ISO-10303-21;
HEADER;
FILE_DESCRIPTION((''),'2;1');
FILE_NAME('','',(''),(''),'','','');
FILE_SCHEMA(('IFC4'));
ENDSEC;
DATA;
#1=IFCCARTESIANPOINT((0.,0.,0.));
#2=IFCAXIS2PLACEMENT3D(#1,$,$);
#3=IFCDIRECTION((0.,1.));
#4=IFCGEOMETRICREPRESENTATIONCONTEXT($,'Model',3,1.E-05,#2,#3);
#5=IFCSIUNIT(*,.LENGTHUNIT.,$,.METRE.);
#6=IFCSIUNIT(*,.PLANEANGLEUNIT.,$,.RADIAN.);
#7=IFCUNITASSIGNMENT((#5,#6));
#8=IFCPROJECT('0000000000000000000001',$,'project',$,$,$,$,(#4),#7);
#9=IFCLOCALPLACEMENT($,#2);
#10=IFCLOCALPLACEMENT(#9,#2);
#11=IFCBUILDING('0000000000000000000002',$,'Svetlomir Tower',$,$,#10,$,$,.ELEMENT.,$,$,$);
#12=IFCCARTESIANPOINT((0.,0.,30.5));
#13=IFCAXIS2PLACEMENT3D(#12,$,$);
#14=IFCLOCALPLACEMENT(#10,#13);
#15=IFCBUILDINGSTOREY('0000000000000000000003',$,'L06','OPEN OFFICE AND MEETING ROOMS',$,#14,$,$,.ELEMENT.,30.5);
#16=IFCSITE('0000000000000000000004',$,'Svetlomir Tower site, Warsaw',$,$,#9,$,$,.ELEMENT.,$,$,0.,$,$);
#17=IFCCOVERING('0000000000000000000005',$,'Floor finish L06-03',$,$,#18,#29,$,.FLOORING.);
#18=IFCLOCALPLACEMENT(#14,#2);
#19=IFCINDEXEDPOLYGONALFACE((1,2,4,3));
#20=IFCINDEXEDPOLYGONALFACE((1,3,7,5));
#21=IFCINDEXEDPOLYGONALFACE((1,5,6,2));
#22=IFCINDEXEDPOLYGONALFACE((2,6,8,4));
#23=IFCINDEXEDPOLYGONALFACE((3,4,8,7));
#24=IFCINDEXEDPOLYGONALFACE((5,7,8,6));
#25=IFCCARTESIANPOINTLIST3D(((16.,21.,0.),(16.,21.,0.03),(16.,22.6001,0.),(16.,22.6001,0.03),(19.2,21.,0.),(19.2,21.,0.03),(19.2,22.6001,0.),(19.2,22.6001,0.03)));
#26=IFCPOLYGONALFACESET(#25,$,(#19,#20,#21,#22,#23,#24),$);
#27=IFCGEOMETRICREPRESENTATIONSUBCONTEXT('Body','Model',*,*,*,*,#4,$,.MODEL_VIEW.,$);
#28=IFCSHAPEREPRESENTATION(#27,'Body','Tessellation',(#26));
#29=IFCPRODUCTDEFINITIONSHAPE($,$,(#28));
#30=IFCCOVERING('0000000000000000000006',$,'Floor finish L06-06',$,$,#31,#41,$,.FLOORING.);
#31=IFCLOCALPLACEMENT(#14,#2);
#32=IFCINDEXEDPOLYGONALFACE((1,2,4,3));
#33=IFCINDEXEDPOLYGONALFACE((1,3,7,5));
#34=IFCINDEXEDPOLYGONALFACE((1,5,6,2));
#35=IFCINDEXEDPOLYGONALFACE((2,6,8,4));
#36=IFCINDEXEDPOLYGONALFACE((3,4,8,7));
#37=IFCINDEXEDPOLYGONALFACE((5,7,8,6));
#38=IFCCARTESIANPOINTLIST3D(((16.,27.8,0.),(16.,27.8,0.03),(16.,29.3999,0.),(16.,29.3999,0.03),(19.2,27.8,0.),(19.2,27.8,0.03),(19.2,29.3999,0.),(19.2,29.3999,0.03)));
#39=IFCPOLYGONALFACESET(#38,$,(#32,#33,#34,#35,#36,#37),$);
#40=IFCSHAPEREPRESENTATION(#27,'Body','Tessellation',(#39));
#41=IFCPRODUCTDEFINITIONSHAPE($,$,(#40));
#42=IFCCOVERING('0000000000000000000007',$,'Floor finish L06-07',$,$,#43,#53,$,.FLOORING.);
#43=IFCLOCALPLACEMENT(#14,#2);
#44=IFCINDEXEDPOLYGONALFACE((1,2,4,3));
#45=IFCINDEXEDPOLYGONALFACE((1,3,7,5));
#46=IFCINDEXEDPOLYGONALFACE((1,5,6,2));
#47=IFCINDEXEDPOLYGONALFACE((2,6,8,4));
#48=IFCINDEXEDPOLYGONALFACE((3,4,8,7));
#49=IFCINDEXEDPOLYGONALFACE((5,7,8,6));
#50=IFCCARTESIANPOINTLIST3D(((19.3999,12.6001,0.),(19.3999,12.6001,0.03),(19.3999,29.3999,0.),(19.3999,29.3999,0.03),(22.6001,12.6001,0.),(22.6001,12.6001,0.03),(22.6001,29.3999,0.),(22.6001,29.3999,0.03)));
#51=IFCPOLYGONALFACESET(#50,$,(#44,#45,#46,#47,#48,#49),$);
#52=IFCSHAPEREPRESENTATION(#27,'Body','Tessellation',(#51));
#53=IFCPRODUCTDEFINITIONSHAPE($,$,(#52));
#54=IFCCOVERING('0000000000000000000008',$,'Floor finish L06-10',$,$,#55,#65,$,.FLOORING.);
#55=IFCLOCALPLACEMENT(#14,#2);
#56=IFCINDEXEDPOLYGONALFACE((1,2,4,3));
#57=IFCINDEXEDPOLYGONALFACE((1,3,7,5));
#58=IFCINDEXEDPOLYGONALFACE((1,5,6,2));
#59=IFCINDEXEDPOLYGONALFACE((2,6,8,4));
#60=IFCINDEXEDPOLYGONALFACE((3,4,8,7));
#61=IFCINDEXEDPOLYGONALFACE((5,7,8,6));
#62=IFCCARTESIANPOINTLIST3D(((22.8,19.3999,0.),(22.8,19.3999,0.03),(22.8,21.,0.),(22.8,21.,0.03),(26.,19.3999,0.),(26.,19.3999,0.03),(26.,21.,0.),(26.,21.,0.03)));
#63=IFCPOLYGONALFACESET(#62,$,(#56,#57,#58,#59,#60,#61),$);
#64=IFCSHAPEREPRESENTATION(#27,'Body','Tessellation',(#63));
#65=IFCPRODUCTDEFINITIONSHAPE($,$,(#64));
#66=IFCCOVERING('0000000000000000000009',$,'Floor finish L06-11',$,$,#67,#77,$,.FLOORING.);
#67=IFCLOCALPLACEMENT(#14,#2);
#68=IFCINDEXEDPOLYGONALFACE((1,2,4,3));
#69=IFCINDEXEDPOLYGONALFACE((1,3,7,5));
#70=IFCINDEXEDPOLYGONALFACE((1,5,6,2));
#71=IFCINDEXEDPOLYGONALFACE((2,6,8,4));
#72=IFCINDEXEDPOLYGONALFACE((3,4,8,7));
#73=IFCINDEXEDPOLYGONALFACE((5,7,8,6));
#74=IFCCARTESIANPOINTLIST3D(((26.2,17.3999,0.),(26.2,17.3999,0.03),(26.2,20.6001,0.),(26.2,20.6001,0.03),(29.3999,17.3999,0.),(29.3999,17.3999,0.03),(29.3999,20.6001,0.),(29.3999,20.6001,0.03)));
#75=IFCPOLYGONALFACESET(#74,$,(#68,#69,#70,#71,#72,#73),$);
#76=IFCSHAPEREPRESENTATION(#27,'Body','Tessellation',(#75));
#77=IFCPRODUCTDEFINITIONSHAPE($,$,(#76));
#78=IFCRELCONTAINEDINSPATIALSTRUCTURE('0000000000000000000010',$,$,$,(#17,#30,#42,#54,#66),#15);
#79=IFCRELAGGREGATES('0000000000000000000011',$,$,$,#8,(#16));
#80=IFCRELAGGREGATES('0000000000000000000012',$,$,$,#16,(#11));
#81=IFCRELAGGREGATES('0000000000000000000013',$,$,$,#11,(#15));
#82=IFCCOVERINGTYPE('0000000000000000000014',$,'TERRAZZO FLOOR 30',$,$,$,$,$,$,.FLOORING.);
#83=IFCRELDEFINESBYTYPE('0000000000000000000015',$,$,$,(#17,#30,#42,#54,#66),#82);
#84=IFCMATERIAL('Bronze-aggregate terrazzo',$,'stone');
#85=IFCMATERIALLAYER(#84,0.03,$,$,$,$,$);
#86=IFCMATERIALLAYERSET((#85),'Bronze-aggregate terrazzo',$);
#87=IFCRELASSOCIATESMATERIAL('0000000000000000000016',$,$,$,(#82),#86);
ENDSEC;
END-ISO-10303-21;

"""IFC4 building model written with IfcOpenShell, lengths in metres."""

from ifc_helpers import new_model, si_unit, direction, frame, origin, place, context, subcontext, project, spatial, polyline, outline, extrude, material, layer, layer_set, type_object, element, save


model = new_model("IFC4")

# Units and contexts
model_context = context("Model", 3, precision=1e-05, world=origin(), true_north=direction((0.0, 1.0)))
body_context = subcontext(model_context, "Body", "Model", "MODEL_VIEW")
ifc_project = project(units=[si_unit("LENGTHUNIT", "METRE"), si_unit("PLANEANGLEUNIT", "RADIAN")], contexts=[model_context])

# Site, building, storey
site_placement = place(None, origin())
site = spatial("IfcSite", under=ifc_project, at=site_placement, Name="Svetlomir Tower site, Warsaw", CompositionType="ELEMENT", RefElevation=0.0)
building_placement = place(site_placement, origin())
building = spatial("IfcBuilding", under=site, at=building_placement, Name="Svetlomir Tower", CompositionType="ELEMENT")
storey_placement = place(building_placement, frame((0.0, 0.0, 30.5)))
storey = spatial("IfcBuildingStorey", under=building, at=storey_placement, Name="L06", Description="OPEN OFFICE AND MEETING ROOMS", CompositionType="ELEMENT", Elevation=30.5)

# Coverings
ifc_material_1 = material(Name="Bronze-aggregate terrazzo", Category="stone")
ifc_layer_1 = layer(ifc_material_1, 0.03)
ifc_layer_set_1 = layer_set([ifc_layer_1], Name="Bronze-aggregate terrazzo")
covering_type_1 = type_object("IfcCoveringType", Name="TERRAZZO FLOOR 30", PredefinedType="FLOORING", material=ifc_layer_set_1)
covering_1_placement = place(storey_placement, origin())
element("IfcCovering", 1, at=covering_1_placement, inside=storey, type_object=covering_type_1, Name="Floor finish L06-03", PredefinedType="FLOORING", context=body_context, shape_type="SweptSolid", body=[
    extrude(outline(polyline([(16.0, 21.0), (19.2, 21.0), (19.2, 22.6001), (16.0, 22.6001), (16.0, 21.0)])), origin(), (0.0, 0.0, 1.0), 0.03),
])
covering_2_placement = place(storey_placement, origin())
element("IfcCovering", 2, at=covering_2_placement, inside=storey, type_object=covering_type_1, Name="Floor finish L06-06", PredefinedType="FLOORING", context=body_context, shape_type="SweptSolid", body=[
    extrude(outline(polyline([(16.0, 27.8), (19.2, 27.8), (19.2, 29.3999), (16.0, 29.3999), (16.0, 27.8)])), origin(), (0.0, 0.0, 1.0), 0.03),
])
covering_3_placement = place(storey_placement, origin())
element("IfcCovering", 3, at=covering_3_placement, inside=storey, type_object=covering_type_1, Name="Floor finish L06-07", PredefinedType="FLOORING", context=body_context, shape_type="SweptSolid", body=[
    extrude(outline(polyline([(19.3999, 12.6001), (22.6001, 12.6001), (22.6001, 29.3999), (19.3999, 29.3999), (19.3999, 12.6001)])), origin(), (0.0, 0.0, 1.0), 0.03),
])
covering_4_placement = place(storey_placement, origin())
element("IfcCovering", 4, at=covering_4_placement, inside=storey, type_object=covering_type_1, Name="Floor finish L06-10", PredefinedType="FLOORING", context=body_context, shape_type="SweptSolid", body=[
    extrude(outline(polyline([(22.8, 19.3999), (26.0, 19.3999), (26.0, 21.0), (22.8, 21.0), (22.8, 19.3999)])), origin(), (0.0, 0.0, 1.0), 0.03),
])
covering_5_placement = place(storey_placement, origin())
element("IfcCovering", 5, at=covering_5_placement, inside=storey, type_object=covering_type_1, Name="Floor finish L06-11", PredefinedType="FLOORING", context=body_context, shape_type="SweptSolid", body=[
    extrude(outline(polyline([(26.2, 17.3999), (29.3999, 17.3999), (29.3999, 20.6001), (26.2, 20.6001), (26.2, 17.3999)])), origin(), (0.0, 0.0, 1.0), 0.03),
])

save(model, "model.ifc")
